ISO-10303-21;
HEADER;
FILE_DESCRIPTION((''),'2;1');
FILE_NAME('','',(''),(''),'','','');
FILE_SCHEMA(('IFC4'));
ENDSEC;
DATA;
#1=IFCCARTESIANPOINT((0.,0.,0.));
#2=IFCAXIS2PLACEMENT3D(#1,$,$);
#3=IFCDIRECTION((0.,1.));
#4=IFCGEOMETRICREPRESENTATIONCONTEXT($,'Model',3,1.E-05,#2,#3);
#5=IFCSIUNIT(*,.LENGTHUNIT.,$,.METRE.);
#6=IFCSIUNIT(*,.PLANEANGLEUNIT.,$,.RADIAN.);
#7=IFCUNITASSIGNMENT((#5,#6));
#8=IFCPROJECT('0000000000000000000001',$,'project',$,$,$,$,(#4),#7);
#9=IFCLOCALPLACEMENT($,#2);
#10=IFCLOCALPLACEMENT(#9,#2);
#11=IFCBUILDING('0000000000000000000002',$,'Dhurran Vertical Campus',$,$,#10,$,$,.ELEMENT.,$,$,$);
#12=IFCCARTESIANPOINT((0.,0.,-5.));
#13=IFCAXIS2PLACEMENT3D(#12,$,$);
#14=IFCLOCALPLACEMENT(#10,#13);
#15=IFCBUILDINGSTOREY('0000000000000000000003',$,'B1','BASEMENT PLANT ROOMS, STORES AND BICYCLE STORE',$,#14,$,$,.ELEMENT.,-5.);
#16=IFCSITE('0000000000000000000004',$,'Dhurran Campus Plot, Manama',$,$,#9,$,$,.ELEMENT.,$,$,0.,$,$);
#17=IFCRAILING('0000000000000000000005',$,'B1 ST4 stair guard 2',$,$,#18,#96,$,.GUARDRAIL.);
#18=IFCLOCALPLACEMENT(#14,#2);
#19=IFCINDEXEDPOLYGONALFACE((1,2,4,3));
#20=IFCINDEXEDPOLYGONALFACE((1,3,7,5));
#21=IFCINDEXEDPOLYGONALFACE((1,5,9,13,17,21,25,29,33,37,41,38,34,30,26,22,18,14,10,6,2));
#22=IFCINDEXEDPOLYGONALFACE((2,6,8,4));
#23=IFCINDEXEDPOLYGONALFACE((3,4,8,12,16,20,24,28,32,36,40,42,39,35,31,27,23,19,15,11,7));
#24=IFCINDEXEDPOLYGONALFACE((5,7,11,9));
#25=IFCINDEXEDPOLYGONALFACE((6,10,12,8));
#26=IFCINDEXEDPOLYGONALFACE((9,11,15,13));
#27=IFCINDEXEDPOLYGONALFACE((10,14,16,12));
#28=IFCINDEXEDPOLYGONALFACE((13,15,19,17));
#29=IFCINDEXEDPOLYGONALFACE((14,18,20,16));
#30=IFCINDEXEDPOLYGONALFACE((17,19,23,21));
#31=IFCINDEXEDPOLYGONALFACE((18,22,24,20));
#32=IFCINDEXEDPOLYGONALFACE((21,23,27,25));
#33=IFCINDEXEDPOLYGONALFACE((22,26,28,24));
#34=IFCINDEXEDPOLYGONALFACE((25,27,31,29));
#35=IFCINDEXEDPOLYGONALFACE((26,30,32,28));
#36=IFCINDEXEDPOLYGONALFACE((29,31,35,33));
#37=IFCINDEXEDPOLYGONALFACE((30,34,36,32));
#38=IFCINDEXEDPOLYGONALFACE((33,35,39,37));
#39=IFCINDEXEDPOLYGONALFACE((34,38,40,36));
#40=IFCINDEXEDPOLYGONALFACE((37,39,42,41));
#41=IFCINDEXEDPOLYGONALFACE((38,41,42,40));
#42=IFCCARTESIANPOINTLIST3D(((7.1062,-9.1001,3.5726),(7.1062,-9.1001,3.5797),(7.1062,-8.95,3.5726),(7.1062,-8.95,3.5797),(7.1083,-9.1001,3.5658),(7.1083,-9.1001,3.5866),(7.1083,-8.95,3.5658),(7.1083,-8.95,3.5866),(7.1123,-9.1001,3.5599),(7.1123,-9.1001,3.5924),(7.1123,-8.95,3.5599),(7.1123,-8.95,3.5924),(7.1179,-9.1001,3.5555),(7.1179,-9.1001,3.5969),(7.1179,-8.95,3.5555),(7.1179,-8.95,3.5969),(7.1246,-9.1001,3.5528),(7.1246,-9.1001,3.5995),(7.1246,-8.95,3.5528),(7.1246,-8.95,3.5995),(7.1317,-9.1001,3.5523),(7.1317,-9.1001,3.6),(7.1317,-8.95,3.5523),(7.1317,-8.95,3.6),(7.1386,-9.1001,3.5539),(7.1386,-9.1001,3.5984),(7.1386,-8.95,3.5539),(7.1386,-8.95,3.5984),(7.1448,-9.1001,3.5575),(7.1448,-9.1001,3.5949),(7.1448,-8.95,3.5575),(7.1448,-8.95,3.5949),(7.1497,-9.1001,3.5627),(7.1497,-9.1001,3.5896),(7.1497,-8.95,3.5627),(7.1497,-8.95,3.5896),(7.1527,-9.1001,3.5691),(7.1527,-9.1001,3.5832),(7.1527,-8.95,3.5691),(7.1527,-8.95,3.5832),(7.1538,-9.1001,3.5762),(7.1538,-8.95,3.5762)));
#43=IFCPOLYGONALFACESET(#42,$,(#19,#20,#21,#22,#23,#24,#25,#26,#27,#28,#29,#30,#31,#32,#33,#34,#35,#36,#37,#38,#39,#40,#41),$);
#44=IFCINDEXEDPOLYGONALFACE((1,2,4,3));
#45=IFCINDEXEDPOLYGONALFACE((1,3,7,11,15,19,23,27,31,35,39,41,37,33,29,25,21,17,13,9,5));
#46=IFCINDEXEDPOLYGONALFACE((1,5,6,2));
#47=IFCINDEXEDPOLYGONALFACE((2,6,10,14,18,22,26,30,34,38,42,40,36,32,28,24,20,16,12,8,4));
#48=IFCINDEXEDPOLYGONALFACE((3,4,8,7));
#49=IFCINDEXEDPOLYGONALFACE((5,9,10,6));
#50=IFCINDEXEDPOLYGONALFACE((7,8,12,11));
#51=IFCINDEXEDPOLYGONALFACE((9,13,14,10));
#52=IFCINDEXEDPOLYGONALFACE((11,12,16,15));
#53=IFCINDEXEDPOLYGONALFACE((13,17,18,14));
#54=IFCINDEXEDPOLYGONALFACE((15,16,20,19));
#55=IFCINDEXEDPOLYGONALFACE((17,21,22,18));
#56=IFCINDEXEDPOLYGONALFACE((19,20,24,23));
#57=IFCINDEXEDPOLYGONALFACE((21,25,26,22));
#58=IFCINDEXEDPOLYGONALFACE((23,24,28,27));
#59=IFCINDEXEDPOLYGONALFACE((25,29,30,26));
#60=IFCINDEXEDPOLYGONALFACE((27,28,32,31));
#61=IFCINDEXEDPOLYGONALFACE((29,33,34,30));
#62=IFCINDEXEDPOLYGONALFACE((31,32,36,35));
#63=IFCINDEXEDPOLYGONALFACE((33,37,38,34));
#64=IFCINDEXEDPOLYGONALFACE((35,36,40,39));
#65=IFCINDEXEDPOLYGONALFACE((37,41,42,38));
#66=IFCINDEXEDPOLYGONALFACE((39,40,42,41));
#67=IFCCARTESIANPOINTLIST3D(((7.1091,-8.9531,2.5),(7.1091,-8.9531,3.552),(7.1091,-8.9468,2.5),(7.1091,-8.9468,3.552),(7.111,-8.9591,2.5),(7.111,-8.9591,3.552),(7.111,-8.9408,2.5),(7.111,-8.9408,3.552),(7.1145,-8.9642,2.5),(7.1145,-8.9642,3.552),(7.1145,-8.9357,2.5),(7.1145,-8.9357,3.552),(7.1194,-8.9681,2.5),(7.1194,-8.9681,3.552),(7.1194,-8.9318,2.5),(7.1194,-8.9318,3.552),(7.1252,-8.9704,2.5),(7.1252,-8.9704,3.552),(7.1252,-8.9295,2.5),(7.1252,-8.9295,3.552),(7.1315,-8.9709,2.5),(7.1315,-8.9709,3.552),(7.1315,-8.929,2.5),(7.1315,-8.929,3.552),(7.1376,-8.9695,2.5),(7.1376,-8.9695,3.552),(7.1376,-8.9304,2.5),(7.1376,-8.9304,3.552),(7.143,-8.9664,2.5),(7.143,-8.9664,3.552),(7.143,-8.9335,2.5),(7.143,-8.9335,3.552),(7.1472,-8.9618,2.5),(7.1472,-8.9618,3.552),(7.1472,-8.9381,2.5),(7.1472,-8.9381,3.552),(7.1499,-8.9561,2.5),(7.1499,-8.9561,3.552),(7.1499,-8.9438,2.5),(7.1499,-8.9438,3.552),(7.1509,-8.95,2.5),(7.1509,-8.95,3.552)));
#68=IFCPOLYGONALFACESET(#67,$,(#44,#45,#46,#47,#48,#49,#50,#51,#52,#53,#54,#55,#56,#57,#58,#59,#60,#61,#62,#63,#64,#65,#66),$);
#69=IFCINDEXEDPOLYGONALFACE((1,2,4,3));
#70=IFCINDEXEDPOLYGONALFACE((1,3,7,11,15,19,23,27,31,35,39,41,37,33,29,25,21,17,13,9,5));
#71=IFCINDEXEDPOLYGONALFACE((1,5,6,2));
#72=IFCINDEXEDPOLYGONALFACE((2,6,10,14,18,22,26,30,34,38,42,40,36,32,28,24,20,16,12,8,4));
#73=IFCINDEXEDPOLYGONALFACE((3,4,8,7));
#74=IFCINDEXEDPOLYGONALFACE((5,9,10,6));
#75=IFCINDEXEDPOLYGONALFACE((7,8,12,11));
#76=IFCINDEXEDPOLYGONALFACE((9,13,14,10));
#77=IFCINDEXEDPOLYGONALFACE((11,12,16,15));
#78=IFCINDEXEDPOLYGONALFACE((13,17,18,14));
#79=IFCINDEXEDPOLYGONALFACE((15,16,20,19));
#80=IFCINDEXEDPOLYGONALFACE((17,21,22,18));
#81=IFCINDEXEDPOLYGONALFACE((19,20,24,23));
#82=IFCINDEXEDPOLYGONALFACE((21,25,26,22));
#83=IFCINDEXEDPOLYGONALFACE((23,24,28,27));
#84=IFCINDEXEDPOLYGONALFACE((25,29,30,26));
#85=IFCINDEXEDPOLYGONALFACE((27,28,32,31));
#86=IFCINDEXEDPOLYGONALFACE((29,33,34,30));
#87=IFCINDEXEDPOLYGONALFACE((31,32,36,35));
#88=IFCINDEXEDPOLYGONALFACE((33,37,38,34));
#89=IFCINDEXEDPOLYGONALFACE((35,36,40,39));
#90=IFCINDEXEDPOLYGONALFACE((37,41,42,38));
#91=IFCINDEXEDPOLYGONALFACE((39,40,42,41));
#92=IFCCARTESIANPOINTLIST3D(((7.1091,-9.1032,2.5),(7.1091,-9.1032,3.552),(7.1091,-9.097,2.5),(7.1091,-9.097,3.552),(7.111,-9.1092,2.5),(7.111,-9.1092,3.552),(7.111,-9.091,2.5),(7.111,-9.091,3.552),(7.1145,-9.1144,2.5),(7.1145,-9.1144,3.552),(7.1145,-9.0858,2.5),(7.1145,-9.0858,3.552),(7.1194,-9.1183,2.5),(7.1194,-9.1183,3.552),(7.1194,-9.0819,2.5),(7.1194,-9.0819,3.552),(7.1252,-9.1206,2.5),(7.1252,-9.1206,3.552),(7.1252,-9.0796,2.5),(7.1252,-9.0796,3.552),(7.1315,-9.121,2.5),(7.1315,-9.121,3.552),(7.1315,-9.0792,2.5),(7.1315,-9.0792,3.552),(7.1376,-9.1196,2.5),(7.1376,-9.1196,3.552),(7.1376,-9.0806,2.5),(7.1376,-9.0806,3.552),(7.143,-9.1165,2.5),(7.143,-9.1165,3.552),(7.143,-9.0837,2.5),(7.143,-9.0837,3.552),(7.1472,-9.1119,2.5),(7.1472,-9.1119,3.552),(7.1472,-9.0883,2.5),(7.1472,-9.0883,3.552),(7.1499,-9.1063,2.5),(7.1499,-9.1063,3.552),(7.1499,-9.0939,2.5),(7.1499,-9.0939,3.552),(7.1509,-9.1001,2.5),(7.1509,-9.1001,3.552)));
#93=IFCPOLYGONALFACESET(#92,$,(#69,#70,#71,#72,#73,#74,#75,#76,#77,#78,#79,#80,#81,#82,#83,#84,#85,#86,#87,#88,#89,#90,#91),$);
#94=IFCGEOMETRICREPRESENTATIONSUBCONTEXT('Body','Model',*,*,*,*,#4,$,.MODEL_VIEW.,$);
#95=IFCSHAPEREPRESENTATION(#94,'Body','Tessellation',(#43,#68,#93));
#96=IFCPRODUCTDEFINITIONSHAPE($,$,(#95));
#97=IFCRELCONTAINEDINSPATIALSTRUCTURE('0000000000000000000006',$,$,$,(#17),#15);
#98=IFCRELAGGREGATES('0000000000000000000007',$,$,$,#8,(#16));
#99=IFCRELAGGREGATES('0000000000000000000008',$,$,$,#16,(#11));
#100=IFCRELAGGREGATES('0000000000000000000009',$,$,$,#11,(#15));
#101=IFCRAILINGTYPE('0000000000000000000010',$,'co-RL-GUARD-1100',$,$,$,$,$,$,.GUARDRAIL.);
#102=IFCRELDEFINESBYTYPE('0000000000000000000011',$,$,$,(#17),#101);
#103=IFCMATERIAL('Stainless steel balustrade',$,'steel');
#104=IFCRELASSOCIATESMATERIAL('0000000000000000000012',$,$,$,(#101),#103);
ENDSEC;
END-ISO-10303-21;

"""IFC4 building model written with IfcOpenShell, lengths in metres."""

from ifc_helpers import new_model, si_unit, direction, frame, origin, origin_2d, place, context, subcontext, project, spatial, circle, extrude, material, type_object, element, save


model = new_model("IFC4")

# Units and contexts
model_context = context("Model", 3, precision=1e-05, world=origin(), true_north=direction((0.0, 1.0)))
body_context = subcontext(model_context, "Body", "Model", "MODEL_VIEW")
ifc_project = project(units=[si_unit("LENGTHUNIT", "METRE"), si_unit("PLANEANGLEUNIT", "RADIAN")], contexts=[model_context])

# Site, building, storey
site_placement = place(None, origin())
site = spatial("IfcSite", under=ifc_project, at=site_placement, Name="Dhurran Campus Plot, Manama", CompositionType="ELEMENT", RefElevation=0.0)
building_placement = place(site_placement, origin())
building = spatial("IfcBuilding", under=site, at=building_placement, Name="Dhurran Vertical Campus", CompositionType="ELEMENT")
storey_placement = place(building_placement, frame((0.0, 0.0, -5.0)))
storey = spatial("IfcBuildingStorey", under=building, at=storey_placement, Name="B1", Description="BASEMENT PLANT ROOMS, STORES AND BICYCLE STORE", CompositionType="ELEMENT", Elevation=-5.0)

# Railing
ifc_material_1 = material(Name="Stainless steel balustrade", Category="steel")
railing_type_1 = type_object("IfcRailingType", Name="co-RL-GUARD-1100", PredefinedType="GUARDRAIL", material=ifc_material_1)
railing_1_placement = place(storey_placement, frame((7.1299, -8.95, 2.5)))
element("IfcRailing", 1, at=railing_1_placement, inside=storey, type_object=railing_type_1, Name="B1 ST4 stair guard 2", PredefinedType="GUARDRAIL", context=body_context, shape_type="SweptSolid", body=[
    extrude(circle(Radius=0.0239, at=origin_2d()), frame((0.0, 0.0, 1.0762), z_axis=(0.0, -1.0, 0.0), x_axis=(1.0, 0.0, 0.0)), (0.0, 0.0, 1.0), 0.1501),
    extrude(circle(Radius=0.021, at=origin_2d()), origin(), (0.0, 0.0, 1.0), 1.052),
    extrude(circle(Radius=0.021, at=origin_2d()), frame((0.0, -0.1501, 0.0)), (0.0, 0.0, 1.0), 1.052),
])

save(model, "model.ifc")
